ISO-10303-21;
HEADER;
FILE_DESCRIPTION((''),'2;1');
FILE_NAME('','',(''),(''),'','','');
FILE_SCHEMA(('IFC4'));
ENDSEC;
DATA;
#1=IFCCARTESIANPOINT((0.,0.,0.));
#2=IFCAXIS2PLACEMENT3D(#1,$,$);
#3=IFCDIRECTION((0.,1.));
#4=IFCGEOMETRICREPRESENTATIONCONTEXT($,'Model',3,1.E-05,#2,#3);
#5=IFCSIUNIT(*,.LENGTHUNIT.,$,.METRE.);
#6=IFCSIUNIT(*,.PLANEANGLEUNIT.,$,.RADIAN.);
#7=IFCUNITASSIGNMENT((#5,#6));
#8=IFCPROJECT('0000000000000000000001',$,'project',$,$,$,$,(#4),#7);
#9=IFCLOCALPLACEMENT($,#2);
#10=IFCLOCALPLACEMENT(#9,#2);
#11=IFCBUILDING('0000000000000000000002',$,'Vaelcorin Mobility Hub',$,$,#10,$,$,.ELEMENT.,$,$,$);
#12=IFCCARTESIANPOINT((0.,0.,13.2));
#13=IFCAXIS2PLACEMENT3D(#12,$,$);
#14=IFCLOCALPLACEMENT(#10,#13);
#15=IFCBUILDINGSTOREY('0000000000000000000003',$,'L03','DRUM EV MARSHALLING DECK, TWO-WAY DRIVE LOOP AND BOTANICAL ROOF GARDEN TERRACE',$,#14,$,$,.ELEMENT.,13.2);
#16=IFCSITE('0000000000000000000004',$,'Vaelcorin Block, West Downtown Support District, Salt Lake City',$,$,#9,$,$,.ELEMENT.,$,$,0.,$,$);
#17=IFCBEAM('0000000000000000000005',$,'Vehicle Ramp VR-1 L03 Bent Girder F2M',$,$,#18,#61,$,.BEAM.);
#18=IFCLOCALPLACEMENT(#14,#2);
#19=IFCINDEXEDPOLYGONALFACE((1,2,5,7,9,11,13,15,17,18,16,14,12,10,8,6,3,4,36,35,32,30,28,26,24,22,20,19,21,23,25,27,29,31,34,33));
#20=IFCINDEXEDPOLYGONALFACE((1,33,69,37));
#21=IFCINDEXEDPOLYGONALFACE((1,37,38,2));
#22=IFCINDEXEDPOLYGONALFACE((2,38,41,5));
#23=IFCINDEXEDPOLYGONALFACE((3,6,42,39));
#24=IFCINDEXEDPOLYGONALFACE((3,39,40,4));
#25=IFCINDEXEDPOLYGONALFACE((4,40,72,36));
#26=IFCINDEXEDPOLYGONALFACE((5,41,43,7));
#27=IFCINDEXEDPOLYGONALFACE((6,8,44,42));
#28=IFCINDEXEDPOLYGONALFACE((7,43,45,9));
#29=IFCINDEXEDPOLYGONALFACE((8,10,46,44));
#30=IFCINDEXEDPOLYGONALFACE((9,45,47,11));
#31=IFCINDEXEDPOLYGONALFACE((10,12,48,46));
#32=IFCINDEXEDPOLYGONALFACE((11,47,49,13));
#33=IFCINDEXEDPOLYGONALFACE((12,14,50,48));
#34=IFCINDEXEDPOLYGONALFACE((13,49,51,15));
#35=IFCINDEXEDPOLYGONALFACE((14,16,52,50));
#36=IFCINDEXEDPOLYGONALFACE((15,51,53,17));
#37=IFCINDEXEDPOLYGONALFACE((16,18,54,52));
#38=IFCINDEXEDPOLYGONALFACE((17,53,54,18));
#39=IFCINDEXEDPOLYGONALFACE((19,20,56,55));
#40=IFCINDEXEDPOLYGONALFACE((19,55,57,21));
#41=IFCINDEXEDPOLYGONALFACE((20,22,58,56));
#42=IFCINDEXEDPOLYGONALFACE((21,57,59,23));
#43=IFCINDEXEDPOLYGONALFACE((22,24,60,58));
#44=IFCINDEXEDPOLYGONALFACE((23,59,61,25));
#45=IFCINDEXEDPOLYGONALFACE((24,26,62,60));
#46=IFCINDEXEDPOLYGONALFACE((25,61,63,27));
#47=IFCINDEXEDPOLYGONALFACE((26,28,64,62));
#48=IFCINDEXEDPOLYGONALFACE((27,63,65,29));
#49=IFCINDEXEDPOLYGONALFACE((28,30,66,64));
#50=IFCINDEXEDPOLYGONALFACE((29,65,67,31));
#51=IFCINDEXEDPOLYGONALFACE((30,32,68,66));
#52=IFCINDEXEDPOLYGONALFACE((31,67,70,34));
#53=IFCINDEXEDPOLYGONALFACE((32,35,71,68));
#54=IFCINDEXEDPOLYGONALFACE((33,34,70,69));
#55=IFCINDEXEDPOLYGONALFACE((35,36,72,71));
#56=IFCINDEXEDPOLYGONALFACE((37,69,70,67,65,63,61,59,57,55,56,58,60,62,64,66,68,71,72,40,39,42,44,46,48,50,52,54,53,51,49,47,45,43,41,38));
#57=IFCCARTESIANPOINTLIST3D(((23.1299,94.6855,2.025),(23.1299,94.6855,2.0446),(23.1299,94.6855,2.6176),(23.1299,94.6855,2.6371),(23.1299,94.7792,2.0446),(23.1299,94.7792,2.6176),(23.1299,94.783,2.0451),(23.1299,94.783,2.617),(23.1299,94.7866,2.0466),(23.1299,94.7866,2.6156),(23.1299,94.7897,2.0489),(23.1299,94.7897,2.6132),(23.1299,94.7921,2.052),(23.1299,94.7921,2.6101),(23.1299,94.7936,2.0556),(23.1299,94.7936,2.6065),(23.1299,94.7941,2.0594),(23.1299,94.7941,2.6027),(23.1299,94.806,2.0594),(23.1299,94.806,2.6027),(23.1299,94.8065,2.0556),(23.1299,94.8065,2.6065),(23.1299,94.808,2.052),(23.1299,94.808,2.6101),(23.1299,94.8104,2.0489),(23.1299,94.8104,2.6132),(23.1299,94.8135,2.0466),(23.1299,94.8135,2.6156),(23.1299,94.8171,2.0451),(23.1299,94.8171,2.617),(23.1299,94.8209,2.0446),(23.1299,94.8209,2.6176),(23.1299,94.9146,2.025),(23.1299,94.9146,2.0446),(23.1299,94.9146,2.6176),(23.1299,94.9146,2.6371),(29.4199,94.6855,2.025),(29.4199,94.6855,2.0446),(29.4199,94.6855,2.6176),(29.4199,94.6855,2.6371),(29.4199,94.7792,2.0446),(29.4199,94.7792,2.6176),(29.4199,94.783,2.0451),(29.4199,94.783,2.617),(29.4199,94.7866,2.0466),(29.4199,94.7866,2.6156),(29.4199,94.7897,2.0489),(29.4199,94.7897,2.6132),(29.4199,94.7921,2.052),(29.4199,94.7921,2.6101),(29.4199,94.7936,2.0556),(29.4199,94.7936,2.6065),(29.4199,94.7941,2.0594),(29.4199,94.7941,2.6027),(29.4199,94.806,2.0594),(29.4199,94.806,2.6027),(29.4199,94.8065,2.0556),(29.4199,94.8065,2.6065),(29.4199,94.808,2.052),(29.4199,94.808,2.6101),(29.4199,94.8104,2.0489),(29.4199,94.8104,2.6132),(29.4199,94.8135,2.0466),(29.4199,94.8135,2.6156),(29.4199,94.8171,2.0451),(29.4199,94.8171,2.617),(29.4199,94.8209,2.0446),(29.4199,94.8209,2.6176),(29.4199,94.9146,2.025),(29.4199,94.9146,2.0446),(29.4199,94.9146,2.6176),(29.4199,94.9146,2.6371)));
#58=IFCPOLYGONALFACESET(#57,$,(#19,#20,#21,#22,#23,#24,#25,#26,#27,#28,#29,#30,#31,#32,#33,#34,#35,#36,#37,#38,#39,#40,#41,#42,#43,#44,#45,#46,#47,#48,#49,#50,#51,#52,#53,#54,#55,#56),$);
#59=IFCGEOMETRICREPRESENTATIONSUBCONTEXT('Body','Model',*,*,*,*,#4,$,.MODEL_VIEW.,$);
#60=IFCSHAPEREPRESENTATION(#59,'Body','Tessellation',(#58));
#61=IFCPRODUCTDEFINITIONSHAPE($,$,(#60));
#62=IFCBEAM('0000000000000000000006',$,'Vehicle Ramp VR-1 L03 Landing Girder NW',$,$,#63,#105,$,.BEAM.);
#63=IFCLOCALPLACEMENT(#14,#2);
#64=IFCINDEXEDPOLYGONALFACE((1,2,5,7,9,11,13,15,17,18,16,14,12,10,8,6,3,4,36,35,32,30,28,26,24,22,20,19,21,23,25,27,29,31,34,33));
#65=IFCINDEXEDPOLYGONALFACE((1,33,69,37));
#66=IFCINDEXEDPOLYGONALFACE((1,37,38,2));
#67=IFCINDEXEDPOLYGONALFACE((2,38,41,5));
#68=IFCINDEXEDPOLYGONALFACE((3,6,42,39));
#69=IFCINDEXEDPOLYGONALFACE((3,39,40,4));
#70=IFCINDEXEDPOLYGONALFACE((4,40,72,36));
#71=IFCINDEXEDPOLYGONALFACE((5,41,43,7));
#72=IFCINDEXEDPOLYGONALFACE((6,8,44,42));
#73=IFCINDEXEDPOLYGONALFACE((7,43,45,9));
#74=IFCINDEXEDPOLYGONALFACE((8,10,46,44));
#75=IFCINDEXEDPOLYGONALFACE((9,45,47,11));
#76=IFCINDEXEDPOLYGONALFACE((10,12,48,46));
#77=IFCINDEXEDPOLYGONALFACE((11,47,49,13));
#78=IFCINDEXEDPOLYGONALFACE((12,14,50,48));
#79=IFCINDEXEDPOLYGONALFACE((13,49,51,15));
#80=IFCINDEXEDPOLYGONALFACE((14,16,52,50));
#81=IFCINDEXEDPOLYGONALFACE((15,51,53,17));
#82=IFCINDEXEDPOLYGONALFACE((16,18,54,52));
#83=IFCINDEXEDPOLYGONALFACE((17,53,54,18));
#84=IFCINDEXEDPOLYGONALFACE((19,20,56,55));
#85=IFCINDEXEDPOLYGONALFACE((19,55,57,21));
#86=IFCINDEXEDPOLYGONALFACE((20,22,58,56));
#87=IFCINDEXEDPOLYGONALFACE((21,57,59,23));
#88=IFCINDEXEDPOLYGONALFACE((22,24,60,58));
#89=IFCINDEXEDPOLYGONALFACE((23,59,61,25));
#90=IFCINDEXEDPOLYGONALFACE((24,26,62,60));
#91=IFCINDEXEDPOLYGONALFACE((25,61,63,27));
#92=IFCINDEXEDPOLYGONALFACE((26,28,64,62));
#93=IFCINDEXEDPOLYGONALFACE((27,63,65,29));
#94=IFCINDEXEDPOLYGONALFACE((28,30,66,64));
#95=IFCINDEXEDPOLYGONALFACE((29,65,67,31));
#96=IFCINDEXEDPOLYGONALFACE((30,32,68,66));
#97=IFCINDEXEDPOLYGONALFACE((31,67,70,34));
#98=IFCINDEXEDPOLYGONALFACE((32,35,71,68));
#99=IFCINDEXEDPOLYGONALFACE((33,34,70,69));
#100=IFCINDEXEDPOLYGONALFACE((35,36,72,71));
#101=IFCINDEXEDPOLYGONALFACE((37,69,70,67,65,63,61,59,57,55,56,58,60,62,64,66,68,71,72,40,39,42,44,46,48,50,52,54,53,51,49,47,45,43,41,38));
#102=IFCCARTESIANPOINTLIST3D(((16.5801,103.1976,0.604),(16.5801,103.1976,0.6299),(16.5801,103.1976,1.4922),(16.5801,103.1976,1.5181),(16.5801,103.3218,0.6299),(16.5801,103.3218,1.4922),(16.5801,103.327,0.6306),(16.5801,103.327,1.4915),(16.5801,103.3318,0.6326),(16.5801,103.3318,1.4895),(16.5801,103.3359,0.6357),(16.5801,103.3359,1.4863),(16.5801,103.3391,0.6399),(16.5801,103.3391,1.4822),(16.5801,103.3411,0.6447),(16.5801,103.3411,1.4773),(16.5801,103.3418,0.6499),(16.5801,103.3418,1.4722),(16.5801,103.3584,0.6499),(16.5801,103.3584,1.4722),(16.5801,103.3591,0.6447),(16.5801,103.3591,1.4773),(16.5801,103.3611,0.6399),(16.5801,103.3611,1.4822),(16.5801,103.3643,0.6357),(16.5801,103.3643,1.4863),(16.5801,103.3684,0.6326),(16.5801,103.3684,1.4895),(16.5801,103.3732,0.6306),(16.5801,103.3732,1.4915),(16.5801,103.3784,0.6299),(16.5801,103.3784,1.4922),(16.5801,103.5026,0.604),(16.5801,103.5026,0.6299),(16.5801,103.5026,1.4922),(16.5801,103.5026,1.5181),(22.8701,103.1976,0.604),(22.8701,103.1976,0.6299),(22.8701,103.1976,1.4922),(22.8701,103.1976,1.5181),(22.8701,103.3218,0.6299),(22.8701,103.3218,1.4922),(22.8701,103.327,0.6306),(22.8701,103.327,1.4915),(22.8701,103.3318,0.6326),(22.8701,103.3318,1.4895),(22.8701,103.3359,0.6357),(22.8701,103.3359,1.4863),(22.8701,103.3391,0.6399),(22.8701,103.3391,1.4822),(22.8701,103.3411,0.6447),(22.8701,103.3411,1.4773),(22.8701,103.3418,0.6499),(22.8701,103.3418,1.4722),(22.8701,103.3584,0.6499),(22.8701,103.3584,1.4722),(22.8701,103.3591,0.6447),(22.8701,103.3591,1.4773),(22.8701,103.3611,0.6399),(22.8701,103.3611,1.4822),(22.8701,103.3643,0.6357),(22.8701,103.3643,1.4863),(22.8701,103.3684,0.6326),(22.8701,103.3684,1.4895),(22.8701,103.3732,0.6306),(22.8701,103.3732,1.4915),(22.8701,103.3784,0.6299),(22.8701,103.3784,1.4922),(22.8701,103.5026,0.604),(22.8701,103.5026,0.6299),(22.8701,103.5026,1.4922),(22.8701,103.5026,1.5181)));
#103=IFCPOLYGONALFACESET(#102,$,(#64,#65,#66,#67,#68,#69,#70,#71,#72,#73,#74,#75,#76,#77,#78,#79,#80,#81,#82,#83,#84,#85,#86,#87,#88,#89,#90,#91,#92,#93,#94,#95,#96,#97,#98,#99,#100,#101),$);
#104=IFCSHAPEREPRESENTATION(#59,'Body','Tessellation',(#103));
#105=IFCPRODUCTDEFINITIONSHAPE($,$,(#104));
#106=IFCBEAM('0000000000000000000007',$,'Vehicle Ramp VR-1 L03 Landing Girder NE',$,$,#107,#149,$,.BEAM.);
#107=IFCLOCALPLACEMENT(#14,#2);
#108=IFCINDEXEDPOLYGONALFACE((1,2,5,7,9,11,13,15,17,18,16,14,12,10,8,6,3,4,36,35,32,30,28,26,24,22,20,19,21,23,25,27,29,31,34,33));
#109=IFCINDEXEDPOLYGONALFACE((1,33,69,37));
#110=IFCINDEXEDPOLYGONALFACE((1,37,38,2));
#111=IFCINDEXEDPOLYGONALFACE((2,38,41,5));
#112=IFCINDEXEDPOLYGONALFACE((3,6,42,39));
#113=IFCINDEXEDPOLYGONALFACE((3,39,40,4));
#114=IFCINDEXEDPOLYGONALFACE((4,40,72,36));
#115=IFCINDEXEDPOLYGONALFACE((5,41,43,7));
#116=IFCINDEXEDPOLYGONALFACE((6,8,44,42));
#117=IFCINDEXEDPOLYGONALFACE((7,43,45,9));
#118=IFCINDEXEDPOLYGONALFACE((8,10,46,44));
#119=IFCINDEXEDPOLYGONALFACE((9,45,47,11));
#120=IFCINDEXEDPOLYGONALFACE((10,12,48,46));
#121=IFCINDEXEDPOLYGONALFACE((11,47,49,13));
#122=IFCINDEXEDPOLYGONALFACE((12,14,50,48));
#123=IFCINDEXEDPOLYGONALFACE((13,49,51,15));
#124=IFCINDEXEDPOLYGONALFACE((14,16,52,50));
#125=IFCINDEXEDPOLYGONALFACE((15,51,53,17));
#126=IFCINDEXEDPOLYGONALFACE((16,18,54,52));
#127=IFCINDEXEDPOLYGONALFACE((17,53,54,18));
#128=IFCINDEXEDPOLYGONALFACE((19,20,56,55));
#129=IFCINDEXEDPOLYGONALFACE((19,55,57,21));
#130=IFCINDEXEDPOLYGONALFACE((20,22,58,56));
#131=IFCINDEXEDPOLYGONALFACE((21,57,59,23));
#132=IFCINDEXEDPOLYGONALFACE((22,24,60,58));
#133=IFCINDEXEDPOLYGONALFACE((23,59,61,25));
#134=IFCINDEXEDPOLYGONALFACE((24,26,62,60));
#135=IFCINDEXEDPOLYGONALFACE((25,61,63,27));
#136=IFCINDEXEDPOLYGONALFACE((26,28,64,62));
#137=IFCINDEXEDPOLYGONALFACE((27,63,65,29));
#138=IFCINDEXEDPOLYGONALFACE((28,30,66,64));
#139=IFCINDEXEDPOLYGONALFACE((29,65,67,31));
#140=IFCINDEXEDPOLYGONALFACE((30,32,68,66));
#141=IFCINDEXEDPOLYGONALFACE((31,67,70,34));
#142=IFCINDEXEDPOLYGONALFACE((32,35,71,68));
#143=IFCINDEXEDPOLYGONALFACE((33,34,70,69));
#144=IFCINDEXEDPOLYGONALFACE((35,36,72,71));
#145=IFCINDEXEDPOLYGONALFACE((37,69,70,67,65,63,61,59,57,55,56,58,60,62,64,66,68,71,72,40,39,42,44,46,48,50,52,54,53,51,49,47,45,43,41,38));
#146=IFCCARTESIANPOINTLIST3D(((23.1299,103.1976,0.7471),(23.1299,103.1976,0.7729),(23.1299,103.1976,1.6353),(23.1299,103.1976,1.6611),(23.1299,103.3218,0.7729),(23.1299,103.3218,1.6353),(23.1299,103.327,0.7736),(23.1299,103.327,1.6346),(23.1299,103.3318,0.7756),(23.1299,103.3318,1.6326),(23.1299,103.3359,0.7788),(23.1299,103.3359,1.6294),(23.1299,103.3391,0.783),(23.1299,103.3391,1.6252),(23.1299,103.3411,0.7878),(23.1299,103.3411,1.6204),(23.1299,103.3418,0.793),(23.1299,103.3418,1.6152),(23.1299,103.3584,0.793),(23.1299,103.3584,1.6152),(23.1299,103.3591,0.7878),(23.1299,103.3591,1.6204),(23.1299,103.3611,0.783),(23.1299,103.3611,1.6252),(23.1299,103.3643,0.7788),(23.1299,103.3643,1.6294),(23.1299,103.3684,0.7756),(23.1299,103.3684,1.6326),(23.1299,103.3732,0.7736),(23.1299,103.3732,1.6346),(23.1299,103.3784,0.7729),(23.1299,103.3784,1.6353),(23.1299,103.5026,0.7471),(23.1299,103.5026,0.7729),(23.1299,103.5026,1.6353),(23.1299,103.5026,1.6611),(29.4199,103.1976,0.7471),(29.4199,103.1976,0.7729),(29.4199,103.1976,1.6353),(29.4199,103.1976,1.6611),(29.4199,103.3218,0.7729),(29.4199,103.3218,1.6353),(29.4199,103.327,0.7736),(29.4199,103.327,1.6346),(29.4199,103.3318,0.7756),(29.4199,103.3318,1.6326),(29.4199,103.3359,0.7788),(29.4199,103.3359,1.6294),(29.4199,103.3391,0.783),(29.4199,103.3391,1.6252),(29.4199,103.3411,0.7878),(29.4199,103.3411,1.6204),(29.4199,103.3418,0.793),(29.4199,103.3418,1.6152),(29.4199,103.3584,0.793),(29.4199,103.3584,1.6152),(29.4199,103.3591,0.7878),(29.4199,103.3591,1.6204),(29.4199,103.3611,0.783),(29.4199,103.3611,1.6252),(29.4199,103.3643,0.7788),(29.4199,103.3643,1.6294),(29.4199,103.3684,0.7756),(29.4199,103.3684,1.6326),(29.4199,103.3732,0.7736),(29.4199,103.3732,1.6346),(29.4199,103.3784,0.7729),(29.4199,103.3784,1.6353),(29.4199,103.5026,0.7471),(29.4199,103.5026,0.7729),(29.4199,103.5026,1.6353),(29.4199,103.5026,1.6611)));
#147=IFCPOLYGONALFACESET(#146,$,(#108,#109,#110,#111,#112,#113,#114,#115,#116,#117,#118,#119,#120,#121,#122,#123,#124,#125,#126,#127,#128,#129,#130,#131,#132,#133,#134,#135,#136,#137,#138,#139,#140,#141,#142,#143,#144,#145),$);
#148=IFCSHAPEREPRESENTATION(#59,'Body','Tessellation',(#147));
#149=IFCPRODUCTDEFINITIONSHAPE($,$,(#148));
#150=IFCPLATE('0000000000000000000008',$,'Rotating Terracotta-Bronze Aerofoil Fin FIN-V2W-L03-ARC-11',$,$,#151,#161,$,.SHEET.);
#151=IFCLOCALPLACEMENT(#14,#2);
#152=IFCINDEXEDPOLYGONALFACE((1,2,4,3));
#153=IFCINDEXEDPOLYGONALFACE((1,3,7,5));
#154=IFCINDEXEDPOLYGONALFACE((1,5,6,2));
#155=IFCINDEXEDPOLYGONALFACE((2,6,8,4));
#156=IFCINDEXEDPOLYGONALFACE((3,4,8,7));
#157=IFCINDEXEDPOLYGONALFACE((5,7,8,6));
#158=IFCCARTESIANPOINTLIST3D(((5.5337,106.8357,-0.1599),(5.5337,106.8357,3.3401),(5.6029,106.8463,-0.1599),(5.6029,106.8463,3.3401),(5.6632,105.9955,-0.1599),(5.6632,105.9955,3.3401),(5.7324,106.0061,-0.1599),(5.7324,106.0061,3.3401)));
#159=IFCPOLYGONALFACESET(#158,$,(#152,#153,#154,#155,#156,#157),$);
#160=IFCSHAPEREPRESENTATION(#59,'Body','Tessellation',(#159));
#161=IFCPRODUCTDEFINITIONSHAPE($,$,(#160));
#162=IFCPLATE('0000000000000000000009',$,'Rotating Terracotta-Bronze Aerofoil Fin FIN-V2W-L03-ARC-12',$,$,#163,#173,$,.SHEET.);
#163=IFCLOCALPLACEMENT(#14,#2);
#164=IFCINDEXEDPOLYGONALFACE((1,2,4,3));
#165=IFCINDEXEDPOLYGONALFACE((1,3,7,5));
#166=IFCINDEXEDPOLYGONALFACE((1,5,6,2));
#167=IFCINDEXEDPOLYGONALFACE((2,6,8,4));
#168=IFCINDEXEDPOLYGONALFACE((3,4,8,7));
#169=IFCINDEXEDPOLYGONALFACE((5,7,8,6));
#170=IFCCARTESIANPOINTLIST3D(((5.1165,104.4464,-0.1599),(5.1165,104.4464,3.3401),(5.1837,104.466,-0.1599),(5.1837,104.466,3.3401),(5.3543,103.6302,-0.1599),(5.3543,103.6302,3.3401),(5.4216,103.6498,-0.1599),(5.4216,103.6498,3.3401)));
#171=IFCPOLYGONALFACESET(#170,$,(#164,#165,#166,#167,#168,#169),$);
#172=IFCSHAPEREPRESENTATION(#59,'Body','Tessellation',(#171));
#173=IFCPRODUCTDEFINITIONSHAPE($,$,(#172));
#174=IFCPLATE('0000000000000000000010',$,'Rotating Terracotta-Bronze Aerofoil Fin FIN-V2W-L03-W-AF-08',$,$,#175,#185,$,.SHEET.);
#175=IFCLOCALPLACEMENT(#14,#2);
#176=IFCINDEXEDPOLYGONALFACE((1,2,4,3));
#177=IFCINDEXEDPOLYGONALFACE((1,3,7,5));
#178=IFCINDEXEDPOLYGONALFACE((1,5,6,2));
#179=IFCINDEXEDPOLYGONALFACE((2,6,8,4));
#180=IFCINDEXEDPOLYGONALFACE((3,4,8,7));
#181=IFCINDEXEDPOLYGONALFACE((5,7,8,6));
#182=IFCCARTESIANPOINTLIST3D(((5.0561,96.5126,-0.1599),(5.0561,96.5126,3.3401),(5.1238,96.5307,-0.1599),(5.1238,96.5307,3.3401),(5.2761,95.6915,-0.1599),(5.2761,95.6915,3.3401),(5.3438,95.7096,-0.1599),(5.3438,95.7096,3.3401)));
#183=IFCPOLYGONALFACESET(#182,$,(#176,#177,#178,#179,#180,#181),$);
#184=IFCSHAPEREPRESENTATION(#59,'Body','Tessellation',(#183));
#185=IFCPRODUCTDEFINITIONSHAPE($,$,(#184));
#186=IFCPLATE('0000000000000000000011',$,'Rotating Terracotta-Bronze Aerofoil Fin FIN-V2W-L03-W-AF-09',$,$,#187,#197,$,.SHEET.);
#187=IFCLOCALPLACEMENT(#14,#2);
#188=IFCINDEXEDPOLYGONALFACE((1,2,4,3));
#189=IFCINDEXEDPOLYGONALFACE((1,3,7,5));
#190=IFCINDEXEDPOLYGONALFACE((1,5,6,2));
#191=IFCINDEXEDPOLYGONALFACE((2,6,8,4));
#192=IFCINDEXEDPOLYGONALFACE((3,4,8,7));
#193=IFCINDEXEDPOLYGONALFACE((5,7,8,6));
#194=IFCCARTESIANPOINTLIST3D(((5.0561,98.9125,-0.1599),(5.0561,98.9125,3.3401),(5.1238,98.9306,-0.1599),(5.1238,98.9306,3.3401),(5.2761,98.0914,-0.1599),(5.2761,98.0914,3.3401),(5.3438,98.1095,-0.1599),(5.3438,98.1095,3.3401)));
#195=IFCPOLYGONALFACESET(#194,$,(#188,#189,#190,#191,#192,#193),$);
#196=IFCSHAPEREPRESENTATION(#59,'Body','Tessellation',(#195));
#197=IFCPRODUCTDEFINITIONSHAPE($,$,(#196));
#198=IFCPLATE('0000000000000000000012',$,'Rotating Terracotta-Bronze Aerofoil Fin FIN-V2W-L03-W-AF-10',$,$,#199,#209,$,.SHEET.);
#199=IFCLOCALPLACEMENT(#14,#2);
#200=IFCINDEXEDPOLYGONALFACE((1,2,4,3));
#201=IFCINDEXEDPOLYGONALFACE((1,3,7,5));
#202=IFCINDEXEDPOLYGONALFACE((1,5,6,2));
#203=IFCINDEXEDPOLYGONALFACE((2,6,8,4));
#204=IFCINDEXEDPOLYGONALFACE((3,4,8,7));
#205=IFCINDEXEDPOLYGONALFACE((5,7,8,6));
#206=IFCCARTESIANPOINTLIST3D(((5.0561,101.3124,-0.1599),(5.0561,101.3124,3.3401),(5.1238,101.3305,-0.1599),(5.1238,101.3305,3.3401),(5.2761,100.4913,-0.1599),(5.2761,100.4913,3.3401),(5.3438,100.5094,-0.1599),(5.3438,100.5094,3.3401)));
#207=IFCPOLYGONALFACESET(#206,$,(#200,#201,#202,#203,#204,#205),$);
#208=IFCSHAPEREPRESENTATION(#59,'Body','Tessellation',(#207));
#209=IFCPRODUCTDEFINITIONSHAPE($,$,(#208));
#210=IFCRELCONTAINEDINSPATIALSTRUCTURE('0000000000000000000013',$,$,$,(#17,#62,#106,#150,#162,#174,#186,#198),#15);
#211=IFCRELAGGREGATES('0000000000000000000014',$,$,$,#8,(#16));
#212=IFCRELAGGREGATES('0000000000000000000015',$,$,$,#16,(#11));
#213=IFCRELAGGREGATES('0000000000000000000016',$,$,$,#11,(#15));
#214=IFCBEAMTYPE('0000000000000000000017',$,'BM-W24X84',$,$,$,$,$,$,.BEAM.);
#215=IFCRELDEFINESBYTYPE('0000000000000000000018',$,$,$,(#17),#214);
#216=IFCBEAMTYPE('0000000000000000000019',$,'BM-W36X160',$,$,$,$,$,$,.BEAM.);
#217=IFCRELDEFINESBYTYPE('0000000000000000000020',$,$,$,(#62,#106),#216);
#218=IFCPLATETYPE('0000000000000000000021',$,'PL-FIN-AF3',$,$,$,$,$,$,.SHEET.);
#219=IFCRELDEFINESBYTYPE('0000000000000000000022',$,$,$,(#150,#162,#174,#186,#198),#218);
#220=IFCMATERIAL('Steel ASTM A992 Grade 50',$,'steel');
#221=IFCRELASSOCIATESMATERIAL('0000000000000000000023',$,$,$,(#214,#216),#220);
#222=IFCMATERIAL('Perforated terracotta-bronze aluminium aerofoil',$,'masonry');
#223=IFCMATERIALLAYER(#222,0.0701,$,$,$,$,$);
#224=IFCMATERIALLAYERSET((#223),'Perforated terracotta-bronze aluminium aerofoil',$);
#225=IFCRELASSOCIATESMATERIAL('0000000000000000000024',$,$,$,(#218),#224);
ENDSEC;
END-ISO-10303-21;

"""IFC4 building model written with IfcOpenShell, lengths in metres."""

from ifc_helpers import new_model, si_unit, direction, frame, origin, origin_2d, place, context, subcontext, project, spatial, rectangle, i_section, extrude, material, layer, layer_set, material_profile, profile_set, type_object, element, save


model = new_model("IFC4")

# Units and contexts
model_context = context("Model", 3, precision=1e-05, world=origin(), true_north=direction((0.0, 1.0)))
body_context = subcontext(model_context, "Body", "Model", "MODEL_VIEW")
ifc_project = project(units=[si_unit("LENGTHUNIT", "METRE"), si_unit("PLANEANGLEUNIT", "RADIAN")], contexts=[model_context])

# Site, building, storey
site_placement = place(None, origin())
site = spatial("IfcSite", under=ifc_project, at=site_placement, Name="Vaelcorin Block, West Downtown Support District, Salt Lake City", CompositionType="ELEMENT", RefElevation=0.0)
building_placement = place(site_placement, origin())
building = spatial("IfcBuilding", under=site, at=building_placement, Name="Vaelcorin Mobility Hub", CompositionType="ELEMENT")
storey_placement = place(building_placement, frame((0.0, 0.0, 13.2)))
storey = spatial("IfcBuildingStorey", under=building, at=storey_placement, Name="L03", Description="DRUM EV MARSHALLING DECK, TWO-WAY DRIVE LOOP AND BOTANICAL ROOF GARDEN TERRACE", CompositionType="ELEMENT", Elevation=13.2)

# Shared definitions
ifc_material_1 = material(Name="Steel ASTM A992 Grade 50", Category="steel")

# Beams
ifc_material_profile_1 = material_profile(ifc_material_1, i_section(OverallWidth=0.229, OverallDepth=0.6121, WebThickness=0.012, FlangeThickness=0.0195, FilletRadius=0.0149, at=origin_2d()), Name="W24X84")
ifc_profile_set_1 = profile_set([ifc_material_profile_1], Name="Steel ASTM A992 Grade 50")
beam_type_1 = type_object("IfcBeamType", Name="BM-W24X84", PredefinedType="BEAM", material=ifc_profile_set_1)
for number, where, z_axis, x_axis, name in (
    (1, (23.1299, 94.8, 2.3311), (1.0, 0.0, 0.0), (0.0, 1.0, 0.0), "Vehicle Ramp VR-1 L03 Bent Girder F2M"),
):
    element("IfcBeam", number, at=place(storey_placement, frame(where, z_axis=z_axis, x_axis=x_axis)), inside=storey, type_object=beam_type_1, Name=name, PredefinedType="BEAM", context=body_context, shape_type="SweptSolid", body=[
        extrude(i_section(OverallWidth=0.229, OverallDepth=0.6121, WebThickness=0.012, FlangeThickness=0.0195, FilletRadius=0.0149, at=origin_2d()), origin(), (0.0, 0.0, 1.0), 6.29),
    ])
ifc_material_profile_2 = material_profile(ifc_material_1, i_section(OverallWidth=0.3049, OverallDepth=0.9141, WebThickness=0.0166, FlangeThickness=0.0259, FilletRadius=0.02, at=origin_2d()), Name="W36X160")
ifc_profile_set_2 = profile_set([ifc_material_profile_2], Name="Steel ASTM A992 Grade 50")
beam_type_2 = type_object("IfcBeamType", Name="BM-W36X160", PredefinedType="BEAM", material=ifc_profile_set_2)
for number, where, z_axis, x_axis, name in (
    (2, (16.5801, 103.3501, 1.061), (1.0, 0.0, 0.0), (0.0, 1.0, 0.0), "Vehicle Ramp VR-1 L03 Landing Girder NW"),
    (3, (23.1299, 103.3501, 1.2041), (1.0, 0.0, 0.0), (0.0, 1.0, 0.0), "Vehicle Ramp VR-1 L03 Landing Girder NE"),
):
    element("IfcBeam", number, at=place(storey_placement, frame(where, z_axis=z_axis, x_axis=x_axis)), inside=storey, type_object=beam_type_2, Name=name, PredefinedType="BEAM", context=body_context, shape_type="SweptSolid", body=[
        extrude(i_section(OverallWidth=0.3049, OverallDepth=0.9141, WebThickness=0.0166, FlangeThickness=0.0259, FilletRadius=0.02, at=origin_2d()), origin(), (0.0, 0.0, 1.0), 6.29),
    ])

# Plates
ifc_material_2 = material(Name="Perforated terracotta-bronze aluminium aerofoil", Category="masonry")
ifc_layer_1 = layer(ifc_material_2, 0.0701)
ifc_layer_set_1 = layer_set([ifc_layer_1], Name="Perforated terracotta-bronze aluminium aerofoil")
plate_type = type_object("IfcPlateType", Name="PL-FIN-AF3", PredefinedType="SHEET", material=ifc_layer_set_1)
for number, where, z_axis, x_axis, name in (
    (4, (5.6331, 106.4209, -0.1599), (0.0, 0.0, 1.0), (-0.15233, 0.98833, 0.0), "Rotating Terracotta-Bronze Aerofoil Fin FIN-V2W-L03-ARC-11"),
    (5, (5.269, 104.0481, -0.1599), (0.0, 0.0, 1.0), (-0.279812, 0.960055, 0.0), "Rotating Terracotta-Bronze Aerofoil Fin FIN-V2W-L03-ARC-12"),
    (6, (5.2, 96.1111, -0.1599), (0.0, 0.0, 1.0), (-0.258819, 0.965926, 0.0), "Rotating Terracotta-Bronze Aerofoil Fin FIN-V2W-L03-W-AF-08"),
    (7, (5.2, 98.511, -0.1599), (0.0, 0.0, 1.0), (-0.258819, 0.965926, 0.0), "Rotating Terracotta-Bronze Aerofoil Fin FIN-V2W-L03-W-AF-09"),
    (8, (5.2, 100.9109, -0.1599), (0.0, 0.0, 1.0), (-0.258819, 0.965926, 0.0), "Rotating Terracotta-Bronze Aerofoil Fin FIN-V2W-L03-W-AF-10"),
):
    element("IfcPlate", number, at=place(storey_placement, frame(where, z_axis=z_axis, x_axis=x_axis)), inside=storey, type_object=plate_type, Name=name, PredefinedType="SHEET", context=body_context, shape_type="SweptSolid", body=[
        extrude(rectangle(XDim=0.8501, YDim=0.0701, at=origin_2d()), origin(), (0.0, 0.0, 1.0), 3.5),
    ])

save(model, "model.ifc")
